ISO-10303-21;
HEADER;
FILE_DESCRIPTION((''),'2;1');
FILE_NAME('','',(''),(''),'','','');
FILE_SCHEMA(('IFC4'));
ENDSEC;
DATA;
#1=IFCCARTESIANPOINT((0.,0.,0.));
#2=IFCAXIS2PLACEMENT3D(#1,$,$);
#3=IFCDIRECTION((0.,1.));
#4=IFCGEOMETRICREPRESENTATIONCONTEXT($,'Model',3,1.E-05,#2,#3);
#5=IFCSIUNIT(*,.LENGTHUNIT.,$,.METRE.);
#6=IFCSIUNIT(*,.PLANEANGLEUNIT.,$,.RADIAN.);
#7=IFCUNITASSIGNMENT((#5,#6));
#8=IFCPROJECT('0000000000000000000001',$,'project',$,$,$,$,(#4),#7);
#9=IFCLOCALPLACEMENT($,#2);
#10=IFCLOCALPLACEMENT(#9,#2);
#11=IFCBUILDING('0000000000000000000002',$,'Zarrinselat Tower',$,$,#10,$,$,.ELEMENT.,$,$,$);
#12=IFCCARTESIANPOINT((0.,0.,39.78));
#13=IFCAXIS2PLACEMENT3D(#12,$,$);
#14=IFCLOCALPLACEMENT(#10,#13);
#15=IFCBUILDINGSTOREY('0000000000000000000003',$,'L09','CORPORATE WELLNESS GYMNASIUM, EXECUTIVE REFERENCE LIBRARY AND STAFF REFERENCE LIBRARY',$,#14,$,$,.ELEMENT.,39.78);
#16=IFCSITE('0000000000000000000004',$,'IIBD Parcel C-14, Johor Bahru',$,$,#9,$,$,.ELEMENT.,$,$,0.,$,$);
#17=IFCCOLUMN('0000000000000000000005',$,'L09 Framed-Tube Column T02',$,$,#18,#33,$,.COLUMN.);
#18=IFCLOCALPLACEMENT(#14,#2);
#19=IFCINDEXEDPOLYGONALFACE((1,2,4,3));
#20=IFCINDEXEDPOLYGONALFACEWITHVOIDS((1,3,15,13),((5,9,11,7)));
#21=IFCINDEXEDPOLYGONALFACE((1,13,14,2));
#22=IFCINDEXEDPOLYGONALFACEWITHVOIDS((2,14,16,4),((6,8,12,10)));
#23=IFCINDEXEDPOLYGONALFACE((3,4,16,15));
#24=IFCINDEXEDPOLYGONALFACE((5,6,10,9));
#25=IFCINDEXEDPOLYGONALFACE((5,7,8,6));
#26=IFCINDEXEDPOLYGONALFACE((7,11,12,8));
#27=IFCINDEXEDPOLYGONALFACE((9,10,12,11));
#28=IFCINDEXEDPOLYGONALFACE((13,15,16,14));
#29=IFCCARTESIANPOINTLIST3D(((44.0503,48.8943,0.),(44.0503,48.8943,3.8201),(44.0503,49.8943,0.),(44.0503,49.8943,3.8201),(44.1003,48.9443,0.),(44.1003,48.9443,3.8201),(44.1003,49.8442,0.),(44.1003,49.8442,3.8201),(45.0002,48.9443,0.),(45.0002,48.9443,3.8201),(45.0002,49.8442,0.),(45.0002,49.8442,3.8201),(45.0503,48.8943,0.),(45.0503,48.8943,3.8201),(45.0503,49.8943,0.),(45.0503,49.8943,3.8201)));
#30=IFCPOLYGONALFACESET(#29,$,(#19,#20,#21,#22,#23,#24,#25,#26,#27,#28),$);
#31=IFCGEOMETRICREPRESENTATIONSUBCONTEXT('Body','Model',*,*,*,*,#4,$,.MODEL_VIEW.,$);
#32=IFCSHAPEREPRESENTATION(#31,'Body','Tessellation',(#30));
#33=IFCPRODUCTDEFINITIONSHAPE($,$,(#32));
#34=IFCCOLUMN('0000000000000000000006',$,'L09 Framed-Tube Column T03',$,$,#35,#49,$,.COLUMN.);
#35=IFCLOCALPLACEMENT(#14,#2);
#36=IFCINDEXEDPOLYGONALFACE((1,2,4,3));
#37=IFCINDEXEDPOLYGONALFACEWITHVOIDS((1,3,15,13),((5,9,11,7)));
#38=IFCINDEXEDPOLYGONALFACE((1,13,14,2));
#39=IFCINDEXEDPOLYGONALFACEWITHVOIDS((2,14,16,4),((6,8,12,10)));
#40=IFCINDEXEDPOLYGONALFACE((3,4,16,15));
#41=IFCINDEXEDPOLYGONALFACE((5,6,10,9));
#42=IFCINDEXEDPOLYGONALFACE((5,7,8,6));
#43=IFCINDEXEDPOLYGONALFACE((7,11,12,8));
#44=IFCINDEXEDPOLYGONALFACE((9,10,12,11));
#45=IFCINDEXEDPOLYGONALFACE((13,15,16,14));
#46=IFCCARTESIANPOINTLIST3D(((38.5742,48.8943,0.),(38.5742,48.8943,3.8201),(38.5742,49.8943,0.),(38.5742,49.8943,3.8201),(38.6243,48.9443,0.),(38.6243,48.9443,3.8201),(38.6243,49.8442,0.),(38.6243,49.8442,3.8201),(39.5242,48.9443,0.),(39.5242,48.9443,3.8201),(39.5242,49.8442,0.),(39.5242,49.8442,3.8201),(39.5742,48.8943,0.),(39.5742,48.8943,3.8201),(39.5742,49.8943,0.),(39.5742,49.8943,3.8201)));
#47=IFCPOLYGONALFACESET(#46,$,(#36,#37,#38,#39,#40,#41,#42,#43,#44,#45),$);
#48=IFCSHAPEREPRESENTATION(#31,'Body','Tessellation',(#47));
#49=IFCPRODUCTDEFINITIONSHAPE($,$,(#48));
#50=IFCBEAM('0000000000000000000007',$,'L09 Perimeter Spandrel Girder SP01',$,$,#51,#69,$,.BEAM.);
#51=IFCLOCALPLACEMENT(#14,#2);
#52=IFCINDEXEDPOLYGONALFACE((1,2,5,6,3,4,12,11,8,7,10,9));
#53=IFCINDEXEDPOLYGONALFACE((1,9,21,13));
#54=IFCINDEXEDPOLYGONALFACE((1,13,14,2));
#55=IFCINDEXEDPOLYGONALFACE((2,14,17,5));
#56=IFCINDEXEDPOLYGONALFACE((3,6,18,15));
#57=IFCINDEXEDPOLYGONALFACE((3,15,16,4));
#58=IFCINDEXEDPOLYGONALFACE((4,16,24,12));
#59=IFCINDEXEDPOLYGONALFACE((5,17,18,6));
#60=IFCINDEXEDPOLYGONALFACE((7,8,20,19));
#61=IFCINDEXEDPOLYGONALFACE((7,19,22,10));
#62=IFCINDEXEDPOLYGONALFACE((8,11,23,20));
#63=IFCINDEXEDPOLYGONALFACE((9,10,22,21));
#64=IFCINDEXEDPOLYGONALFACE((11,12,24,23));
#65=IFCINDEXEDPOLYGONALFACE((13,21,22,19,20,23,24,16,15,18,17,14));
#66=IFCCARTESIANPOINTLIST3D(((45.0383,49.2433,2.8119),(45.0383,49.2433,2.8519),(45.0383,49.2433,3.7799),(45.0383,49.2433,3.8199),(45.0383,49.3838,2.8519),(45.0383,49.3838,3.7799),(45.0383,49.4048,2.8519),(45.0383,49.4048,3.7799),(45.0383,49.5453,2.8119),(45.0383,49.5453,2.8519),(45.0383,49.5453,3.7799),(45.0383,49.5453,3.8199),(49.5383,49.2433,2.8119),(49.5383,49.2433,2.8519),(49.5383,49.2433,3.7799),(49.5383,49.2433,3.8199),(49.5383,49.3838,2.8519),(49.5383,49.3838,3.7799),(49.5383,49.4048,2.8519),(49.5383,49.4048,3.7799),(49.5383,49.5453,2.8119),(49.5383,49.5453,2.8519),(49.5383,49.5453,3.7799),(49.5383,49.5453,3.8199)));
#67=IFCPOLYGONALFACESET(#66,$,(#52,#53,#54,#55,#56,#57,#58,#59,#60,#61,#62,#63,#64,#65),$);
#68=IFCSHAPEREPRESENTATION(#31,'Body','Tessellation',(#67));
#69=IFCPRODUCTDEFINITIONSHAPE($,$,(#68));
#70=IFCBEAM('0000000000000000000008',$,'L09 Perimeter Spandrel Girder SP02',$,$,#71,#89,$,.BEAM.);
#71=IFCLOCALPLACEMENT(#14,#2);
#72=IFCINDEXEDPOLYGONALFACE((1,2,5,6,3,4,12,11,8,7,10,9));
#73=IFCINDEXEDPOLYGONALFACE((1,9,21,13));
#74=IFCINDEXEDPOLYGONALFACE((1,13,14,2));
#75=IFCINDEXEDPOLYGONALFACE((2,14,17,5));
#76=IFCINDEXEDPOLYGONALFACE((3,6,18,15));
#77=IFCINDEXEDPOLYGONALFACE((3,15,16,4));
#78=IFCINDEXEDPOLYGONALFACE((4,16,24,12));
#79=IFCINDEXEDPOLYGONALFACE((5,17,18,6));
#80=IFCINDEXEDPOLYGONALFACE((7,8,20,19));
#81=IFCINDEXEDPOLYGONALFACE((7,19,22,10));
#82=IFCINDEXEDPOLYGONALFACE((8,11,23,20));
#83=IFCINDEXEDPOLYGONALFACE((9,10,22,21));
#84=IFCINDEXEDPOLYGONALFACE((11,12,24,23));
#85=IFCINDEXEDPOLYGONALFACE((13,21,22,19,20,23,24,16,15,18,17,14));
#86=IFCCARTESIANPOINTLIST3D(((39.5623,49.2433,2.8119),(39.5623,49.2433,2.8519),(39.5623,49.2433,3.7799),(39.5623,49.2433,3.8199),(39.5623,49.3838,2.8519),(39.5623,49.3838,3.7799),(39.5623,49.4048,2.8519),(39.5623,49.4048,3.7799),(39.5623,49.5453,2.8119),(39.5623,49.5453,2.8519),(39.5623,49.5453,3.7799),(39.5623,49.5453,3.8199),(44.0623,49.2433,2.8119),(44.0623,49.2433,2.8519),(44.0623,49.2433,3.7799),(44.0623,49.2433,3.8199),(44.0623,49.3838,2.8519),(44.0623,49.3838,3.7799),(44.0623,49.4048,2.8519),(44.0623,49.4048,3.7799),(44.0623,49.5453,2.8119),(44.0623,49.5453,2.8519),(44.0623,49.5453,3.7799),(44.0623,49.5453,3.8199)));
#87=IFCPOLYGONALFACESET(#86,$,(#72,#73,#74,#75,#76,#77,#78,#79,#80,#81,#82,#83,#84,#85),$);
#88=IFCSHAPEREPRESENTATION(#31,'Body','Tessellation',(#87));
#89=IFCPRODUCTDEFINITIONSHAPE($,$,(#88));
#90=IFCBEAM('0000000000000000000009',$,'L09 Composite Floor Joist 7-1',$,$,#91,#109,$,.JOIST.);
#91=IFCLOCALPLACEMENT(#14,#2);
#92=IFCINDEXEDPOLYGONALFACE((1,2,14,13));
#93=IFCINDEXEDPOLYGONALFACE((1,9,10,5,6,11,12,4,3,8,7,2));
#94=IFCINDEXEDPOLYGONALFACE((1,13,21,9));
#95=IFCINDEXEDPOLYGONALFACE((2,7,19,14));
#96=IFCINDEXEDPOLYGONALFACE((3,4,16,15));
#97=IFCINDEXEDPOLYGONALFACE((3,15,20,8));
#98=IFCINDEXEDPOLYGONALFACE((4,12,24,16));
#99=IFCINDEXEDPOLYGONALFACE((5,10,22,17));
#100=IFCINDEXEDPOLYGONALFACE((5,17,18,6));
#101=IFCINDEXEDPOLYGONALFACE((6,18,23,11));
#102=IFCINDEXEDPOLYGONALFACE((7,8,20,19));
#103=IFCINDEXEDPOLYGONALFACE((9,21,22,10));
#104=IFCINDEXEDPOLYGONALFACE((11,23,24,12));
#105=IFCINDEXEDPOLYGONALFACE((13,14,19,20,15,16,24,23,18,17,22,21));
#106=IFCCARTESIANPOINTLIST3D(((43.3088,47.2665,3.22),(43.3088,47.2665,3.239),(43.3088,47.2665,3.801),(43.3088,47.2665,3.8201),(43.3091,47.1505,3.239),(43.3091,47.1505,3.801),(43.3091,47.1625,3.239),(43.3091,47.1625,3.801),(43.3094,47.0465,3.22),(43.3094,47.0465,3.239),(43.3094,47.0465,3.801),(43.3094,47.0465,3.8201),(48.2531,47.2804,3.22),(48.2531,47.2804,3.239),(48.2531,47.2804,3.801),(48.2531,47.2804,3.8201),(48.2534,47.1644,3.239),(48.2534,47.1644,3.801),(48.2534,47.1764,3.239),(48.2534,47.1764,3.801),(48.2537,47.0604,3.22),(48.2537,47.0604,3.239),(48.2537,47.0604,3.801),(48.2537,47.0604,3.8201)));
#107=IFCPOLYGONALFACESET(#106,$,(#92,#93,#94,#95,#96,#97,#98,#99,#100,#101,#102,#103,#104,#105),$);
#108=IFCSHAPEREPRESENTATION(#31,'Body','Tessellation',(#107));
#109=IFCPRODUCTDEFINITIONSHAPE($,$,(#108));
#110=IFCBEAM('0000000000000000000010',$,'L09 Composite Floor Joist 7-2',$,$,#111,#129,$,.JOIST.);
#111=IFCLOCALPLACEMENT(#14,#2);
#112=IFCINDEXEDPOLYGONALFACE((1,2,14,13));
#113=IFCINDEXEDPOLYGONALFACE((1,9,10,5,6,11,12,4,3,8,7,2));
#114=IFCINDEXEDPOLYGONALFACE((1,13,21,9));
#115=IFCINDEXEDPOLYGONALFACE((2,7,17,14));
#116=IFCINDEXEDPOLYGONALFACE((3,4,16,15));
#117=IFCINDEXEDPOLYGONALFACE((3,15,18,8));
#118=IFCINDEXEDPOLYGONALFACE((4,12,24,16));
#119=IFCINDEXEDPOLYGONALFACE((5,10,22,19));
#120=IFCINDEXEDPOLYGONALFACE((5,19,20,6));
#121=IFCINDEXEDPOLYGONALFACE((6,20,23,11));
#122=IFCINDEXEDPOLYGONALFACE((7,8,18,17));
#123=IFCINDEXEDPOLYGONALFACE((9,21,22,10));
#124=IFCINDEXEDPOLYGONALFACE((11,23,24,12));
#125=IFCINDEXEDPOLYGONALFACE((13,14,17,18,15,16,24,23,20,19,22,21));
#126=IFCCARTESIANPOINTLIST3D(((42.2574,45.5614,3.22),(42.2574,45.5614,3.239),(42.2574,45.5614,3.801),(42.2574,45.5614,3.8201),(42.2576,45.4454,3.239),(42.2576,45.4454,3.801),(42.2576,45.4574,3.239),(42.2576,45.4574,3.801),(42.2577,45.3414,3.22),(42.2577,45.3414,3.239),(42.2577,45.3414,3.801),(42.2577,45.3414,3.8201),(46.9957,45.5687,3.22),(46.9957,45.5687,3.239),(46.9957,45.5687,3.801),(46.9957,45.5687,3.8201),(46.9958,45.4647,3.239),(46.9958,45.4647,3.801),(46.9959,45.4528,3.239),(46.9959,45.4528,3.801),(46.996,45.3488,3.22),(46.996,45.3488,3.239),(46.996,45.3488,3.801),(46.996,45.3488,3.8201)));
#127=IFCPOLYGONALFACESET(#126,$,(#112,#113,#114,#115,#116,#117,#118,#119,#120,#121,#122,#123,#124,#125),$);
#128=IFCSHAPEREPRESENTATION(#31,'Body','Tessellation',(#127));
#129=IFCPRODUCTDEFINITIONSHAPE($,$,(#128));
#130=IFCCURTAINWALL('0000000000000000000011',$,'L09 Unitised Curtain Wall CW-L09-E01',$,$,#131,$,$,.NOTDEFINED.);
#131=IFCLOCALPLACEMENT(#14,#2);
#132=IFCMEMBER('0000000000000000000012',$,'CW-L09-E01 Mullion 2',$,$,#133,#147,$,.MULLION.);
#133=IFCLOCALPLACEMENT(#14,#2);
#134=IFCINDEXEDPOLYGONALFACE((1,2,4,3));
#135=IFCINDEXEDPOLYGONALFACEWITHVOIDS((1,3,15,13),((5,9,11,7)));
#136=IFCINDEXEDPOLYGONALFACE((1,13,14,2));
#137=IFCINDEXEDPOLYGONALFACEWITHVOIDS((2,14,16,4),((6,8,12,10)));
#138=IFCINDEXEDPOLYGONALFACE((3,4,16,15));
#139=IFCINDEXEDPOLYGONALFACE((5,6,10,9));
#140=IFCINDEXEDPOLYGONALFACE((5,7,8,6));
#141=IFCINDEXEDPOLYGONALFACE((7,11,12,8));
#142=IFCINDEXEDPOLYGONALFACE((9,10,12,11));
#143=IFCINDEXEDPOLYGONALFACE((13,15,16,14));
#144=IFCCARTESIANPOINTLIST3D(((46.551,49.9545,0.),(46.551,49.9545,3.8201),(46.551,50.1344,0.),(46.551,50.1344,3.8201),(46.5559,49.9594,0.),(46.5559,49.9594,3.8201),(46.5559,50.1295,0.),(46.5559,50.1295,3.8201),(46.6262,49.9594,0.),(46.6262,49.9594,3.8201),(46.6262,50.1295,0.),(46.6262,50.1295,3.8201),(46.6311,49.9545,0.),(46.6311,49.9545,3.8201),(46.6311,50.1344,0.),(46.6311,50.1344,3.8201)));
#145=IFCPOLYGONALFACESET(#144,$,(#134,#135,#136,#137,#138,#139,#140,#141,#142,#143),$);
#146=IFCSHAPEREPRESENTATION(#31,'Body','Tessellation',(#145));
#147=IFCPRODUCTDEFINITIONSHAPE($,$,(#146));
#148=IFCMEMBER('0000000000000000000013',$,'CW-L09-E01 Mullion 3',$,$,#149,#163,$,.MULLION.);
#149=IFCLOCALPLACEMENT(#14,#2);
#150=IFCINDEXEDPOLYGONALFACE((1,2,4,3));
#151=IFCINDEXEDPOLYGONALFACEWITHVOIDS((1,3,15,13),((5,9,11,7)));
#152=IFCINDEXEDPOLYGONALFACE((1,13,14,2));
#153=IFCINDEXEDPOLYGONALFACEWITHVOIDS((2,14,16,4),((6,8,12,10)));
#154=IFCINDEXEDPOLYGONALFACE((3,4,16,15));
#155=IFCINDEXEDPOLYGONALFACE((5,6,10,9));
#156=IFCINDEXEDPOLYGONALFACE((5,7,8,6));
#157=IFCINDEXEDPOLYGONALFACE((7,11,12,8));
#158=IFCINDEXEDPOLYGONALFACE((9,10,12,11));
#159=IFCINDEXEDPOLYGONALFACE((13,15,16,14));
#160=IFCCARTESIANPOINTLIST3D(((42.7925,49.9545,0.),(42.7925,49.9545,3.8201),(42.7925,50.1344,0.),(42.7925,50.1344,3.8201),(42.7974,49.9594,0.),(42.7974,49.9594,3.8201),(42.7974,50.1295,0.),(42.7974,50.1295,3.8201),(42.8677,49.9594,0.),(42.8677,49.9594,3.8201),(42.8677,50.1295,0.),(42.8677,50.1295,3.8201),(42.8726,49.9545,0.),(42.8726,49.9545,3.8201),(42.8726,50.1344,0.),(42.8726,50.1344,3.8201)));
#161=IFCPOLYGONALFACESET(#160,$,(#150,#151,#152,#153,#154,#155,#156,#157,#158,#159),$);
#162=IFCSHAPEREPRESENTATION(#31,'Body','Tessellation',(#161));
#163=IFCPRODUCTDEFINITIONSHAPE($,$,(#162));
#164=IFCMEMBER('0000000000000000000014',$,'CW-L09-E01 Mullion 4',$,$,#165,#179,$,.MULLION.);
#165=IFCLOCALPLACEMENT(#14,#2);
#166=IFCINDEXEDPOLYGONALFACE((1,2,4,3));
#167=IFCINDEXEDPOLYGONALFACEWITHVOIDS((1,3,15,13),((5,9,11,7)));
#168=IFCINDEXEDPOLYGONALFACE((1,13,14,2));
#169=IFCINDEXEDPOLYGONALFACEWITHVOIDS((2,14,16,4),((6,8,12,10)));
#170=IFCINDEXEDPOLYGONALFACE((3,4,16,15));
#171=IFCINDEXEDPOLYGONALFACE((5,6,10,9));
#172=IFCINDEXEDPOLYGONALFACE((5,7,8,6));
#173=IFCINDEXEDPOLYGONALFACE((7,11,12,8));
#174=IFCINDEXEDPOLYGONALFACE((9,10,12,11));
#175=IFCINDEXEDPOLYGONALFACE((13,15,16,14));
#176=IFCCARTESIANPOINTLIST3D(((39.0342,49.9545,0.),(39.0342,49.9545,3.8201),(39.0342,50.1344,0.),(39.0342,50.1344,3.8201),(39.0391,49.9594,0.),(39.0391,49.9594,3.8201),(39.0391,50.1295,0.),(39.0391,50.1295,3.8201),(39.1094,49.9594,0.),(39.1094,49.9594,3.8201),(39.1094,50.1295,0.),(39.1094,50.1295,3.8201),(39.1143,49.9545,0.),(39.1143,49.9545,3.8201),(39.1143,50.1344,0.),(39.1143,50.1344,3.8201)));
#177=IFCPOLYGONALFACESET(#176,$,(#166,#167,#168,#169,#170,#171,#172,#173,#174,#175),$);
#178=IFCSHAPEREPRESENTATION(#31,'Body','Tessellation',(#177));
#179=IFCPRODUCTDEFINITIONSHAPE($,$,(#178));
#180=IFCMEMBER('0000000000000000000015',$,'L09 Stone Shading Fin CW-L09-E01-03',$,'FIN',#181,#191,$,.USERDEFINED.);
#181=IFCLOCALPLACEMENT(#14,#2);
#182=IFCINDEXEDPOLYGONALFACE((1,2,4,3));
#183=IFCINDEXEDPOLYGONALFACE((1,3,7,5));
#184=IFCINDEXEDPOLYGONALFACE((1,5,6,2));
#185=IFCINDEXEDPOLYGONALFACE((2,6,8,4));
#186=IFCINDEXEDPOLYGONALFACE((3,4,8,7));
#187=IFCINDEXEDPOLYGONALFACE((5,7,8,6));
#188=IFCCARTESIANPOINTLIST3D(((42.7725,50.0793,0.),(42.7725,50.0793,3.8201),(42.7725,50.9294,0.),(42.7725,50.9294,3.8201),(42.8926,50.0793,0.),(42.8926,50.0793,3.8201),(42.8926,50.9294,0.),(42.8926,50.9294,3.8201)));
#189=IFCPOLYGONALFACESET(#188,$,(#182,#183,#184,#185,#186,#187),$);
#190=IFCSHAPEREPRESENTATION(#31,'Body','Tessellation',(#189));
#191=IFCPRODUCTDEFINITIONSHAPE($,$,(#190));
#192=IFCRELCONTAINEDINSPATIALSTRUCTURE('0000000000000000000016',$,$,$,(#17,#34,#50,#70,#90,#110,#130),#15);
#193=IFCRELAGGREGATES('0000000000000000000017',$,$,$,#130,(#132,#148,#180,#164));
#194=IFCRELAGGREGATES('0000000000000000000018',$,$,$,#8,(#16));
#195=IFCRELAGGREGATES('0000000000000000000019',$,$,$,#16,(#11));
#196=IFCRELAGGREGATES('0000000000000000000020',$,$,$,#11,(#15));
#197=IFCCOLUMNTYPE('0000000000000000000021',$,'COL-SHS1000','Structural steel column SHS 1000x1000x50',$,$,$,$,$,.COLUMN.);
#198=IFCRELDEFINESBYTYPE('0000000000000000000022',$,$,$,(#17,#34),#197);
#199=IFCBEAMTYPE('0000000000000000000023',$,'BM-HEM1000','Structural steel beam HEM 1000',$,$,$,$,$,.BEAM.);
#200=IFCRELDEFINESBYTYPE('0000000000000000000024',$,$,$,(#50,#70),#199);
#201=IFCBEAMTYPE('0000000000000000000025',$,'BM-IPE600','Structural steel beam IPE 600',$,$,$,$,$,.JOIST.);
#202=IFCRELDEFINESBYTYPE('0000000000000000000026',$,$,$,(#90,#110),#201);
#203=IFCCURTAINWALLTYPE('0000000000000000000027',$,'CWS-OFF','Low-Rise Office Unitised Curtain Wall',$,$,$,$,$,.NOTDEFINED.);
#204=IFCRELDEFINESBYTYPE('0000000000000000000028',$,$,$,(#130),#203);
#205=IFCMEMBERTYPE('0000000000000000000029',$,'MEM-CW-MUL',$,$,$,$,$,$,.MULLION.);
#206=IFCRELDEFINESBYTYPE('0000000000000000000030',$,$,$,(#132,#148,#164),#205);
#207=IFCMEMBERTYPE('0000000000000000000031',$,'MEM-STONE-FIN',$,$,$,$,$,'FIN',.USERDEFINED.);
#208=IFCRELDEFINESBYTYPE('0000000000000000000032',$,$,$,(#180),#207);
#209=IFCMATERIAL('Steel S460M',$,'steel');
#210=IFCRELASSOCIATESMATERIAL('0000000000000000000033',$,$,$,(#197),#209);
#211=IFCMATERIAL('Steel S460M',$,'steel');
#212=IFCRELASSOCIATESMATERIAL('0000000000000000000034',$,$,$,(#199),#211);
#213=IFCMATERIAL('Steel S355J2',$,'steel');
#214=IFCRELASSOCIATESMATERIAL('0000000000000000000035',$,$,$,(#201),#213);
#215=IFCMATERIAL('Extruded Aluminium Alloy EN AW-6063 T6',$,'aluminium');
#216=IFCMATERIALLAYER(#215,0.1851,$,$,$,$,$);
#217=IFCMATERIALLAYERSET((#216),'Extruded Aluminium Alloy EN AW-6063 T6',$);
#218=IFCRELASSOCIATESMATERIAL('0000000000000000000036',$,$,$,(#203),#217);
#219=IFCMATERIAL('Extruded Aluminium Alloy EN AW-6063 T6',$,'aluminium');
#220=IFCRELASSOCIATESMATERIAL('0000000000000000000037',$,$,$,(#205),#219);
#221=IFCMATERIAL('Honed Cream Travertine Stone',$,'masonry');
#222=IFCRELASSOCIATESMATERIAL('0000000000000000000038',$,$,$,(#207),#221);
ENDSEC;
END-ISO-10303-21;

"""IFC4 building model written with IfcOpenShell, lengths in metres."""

from ifc_helpers import new_model, si_unit, direction, frame, origin, origin_2d, place, context, subcontext, project, spatial, rectangle, hollow_rectangle, i_section, extrude, material, layer, layer_set, material_profile, profile_set, type_object, element, aggregate, save


model = new_model("IFC4")

# Units and contexts
model_context = context("Model", 3, precision=1e-05, world=origin(), true_north=direction((0.0, 1.0)))
body_context = subcontext(model_context, "Body", "Model", "MODEL_VIEW")
ifc_project = project(units=[si_unit("LENGTHUNIT", "METRE"), si_unit("PLANEANGLEUNIT", "RADIAN")], contexts=[model_context])

# Site, building, storey
site_placement = place(None, origin())
site = spatial("IfcSite", under=ifc_project, at=site_placement, Name="IIBD Parcel C-14, Johor Bahru", CompositionType="ELEMENT", RefElevation=0.0)
building_placement = place(site_placement, origin())
building = spatial("IfcBuilding", under=site, at=building_placement, Name="Zarrinselat Tower", CompositionType="ELEMENT")
storey_placement = place(building_placement, frame((0.0, 0.0, 39.78)))
storey = spatial("IfcBuildingStorey", under=building, at=storey_placement, Name="L09", Description="CORPORATE WELLNESS GYMNASIUM, EXECUTIVE REFERENCE LIBRARY AND STAFF REFERENCE LIBRARY", CompositionType="ELEMENT", Elevation=39.78)

# Columns
ifc_material_1 = material(Name="Steel S460M", Category="steel")
ifc_material_profile_1 = material_profile(ifc_material_1, hollow_rectangle(XDim=1.0, YDim=1.0, WallThickness=0.05, at=origin_2d()), Name="SHS 1000x1000x50")
ifc_profile_set_1 = profile_set([ifc_material_profile_1], Name="Steel S460M")
column_type = type_object("IfcColumnType", Name="COL-SHS1000", Description="Structural steel column SHS 1000x1000x50", PredefinedType="COLUMN", material=ifc_profile_set_1)
for number, where, z_axis, x_axis, name in (
    (1, (44.5503, 49.3943, 0.0), (0.0, 0.0, 1.0), (1.0, 0.0, 0.0), "L09 Framed-Tube Column T02"),
    (2, (39.0742, 49.3943, 0.0), (0.0, 0.0, 1.0), (1.0, 0.0, 0.0), "L09 Framed-Tube Column T03"),
):
    element("IfcColumn", number, at=place(storey_placement, frame(where, z_axis=z_axis, x_axis=x_axis)), inside=storey, type_object=column_type, Name=name, PredefinedType="COLUMN", context=body_context, shape_type="SweptSolid", body=[
        extrude(hollow_rectangle(XDim=1.0, YDim=1.0, WallThickness=0.05, at=origin_2d()), origin(), (0.0, 0.0, 1.0), 3.8201),
    ])

# Beams
ifc_material_2 = material(Name="Steel S460M", Category="steel")
ifc_material_profile_2 = material_profile(ifc_material_2, i_section(OverallWidth=0.302, OverallDepth=1.0081, WebThickness=0.021, FlangeThickness=0.04, at=origin_2d()), Name="HEM 1000")
ifc_profile_set_2 = profile_set([ifc_material_profile_2], Name="Steel S460M")
beam_type_1 = type_object("IfcBeamType", Name="BM-HEM1000", Description="Structural steel beam HEM 1000", PredefinedType="BEAM", material=ifc_profile_set_2)
for number, where, z_axis, x_axis, name in (
    (3, (45.0383, 49.3943, 3.3159), (1.0, 0.0, 0.0), (0.0, 1.0, 0.0), "L09 Perimeter Spandrel Girder SP01"),
    (4, (39.5623, 49.3943, 3.3159), (1.0, 0.0, 0.0), (0.0, 1.0, 0.0), "L09 Perimeter Spandrel Girder SP02"),
):
    element("IfcBeam", number, at=place(storey_placement, frame(where, z_axis=z_axis, x_axis=x_axis)), inside=storey, type_object=beam_type_1, Name=name, PredefinedType="BEAM", context=body_context, shape_type="SweptSolid", body=[
        extrude(i_section(OverallWidth=0.302, OverallDepth=1.0081, WebThickness=0.021, FlangeThickness=0.04, at=origin_2d()), origin(), (0.0, 0.0, 1.0), 4.5),
    ])
ifc_material_3 = material(Name="Steel S355J2", Category="steel")
ifc_material_profile_3 = material_profile(ifc_material_3, i_section(OverallWidth=0.22, OverallDepth=0.6001, WebThickness=0.012, FlangeThickness=0.019, at=origin_2d()), Name="IPE 600")
ifc_profile_set_3 = profile_set([ifc_material_profile_3], Name="Steel S355J2")
beam_type_2 = type_object("IfcBeamType", Name="BM-IPE600", Description="Structural steel beam IPE 600", PredefinedType="JOIST", material=ifc_profile_set_3)
beam_1_placement = place(storey_placement, frame((43.3091, 47.1565, 3.52), z_axis=(0.999996, 0.002815, 0.0), x_axis=(-0.002815, 0.999996, 0.0)))
element("IfcBeam", 5, at=beam_1_placement, inside=storey, type_object=beam_type_2, Name="L09 Composite Floor Joist 7-1", PredefinedType="JOIST", context=body_context, shape_type="SweptSolid", body=[
    extrude(i_section(OverallWidth=0.22, OverallDepth=0.6001, WebThickness=0.012, FlangeThickness=0.019, at=origin_2d()), origin(), (0.0, 0.0, 1.0), 4.9443),
])
beam_2_placement = place(storey_placement, frame((42.2576, 45.4514, 3.52), z_axis=(0.999999, 0.001546, 0.0), x_axis=(-0.001546, 0.999999, 0.0)))
element("IfcBeam", 6, at=beam_2_placement, inside=storey, type_object=beam_type_2, Name="L09 Composite Floor Joist 7-2", PredefinedType="JOIST", context=body_context, shape_type="SweptSolid", body=[
    extrude(i_section(OverallWidth=0.22, OverallDepth=0.6001, WebThickness=0.012, FlangeThickness=0.019, at=origin_2d()), origin(), (0.0, 0.0, 1.0), 4.7383),
])

# Curtain wall, members
ifc_material_4 = material(Name="Extruded Aluminium Alloy EN AW-6063 T6", Category="aluminium")
ifc_layer_1 = layer(ifc_material_4, 0.1851)
ifc_layer_set_1 = layer_set([ifc_layer_1], Name="Extruded Aluminium Alloy EN AW-6063 T6")
curtain_wall_type = type_object("IfcCurtainWallType", Name="CWS-OFF", Description="Low-Rise Office Unitised Curtain Wall", PredefinedType="NOTDEFINED", material=ifc_layer_set_1)
curtain_wall_placement = place(storey_placement, origin())
curtain_wall = element("IfcCurtainWall", 7, at=curtain_wall_placement, inside=storey, type_object=curtain_wall_type, Name="L09 Unitised Curtain Wall CW-L09-E01", PredefinedType="NOTDEFINED")
ifc_material_5 = material(Name="Extruded Aluminium Alloy EN AW-6063 T6", Category="aluminium")
ifc_material_profile_4 = material_profile(ifc_material_5, hollow_rectangle(XDim=0.0801, YDim=0.1799, WallThickness=0.0049, at=origin_2d()), Name="RHS 180x80x5")
ifc_profile_set_4 = profile_set([ifc_material_profile_4], Name="Extruded Aluminium Alloy EN AW-6063 T6")
member_type_1 = type_object("IfcMemberType", Name="MEM-CW-MUL", PredefinedType="MULLION", material=ifc_profile_set_4)
member_1_placement = place(storey_placement, frame((46.5911, 50.0444, 0.0), z_axis=(0.0, 0.0, 1.0), x_axis=(-1.0, 0.0, 0.0)))
member_1 = element("IfcMember", 8, at=member_1_placement, type_object=member_type_1, Name="CW-L09-E01 Mullion 2", PredefinedType="MULLION", context=body_context, shape_type="SweptSolid", body=[
    extrude(hollow_rectangle(XDim=0.0801, YDim=0.1799, WallThickness=0.0049, at=origin_2d()), origin(), (0.0, 0.0, 1.0), 3.8201),
])
member_2_placement = place(storey_placement, frame((42.8325, 50.0444, 0.0), z_axis=(0.0, 0.0, 1.0), x_axis=(-1.0, 0.0, 0.0)))
member_2 = element("IfcMember", 9, at=member_2_placement, type_object=member_type_1, Name="CW-L09-E01 Mullion 3", PredefinedType="MULLION", context=body_context, shape_type="SweptSolid", body=[
    extrude(hollow_rectangle(XDim=0.0801, YDim=0.1799, WallThickness=0.0049, at=origin_2d()), origin(), (0.0, 0.0, 1.0), 3.8201),
])
member_3_placement = place(storey_placement, frame((39.0742, 50.0444, 0.0), z_axis=(0.0, 0.0, 1.0), x_axis=(-1.0, 0.0, 0.0)))
member_3 = element("IfcMember", 10, at=member_3_placement, type_object=member_type_1, Name="CW-L09-E01 Mullion 4", PredefinedType="MULLION", context=body_context, shape_type="SweptSolid", body=[
    extrude(hollow_rectangle(XDim=0.0801, YDim=0.1799, WallThickness=0.0049, at=origin_2d()), origin(), (0.0, 0.0, 1.0), 3.8201),
])
ifc_material_6 = material(Name="Honed Cream Travertine Stone", Category="masonry")
ifc_material_profile_5 = material_profile(ifc_material_6, rectangle(XDim=0.1201, YDim=0.8501, at=origin_2d()), Name="FIN 850x120")
ifc_profile_set_5 = profile_set([ifc_material_profile_5], Name="Honed Cream Travertine Stone")
member_type_2 = type_object("IfcMemberType", Name="MEM-STONE-FIN", ElementType="FIN", PredefinedType="USERDEFINED", material=ifc_profile_set_5)
member_4_placement = place(storey_placement, frame((42.8325, 50.5044, 0.0), z_axis=(0.0, 0.0, 1.0), x_axis=(1.0, 0.0, 0.0)))
member_4 = element("IfcMember", 11, at=member_4_placement, type_object=member_type_2, Name="L09 Stone Shading Fin CW-L09-E01-03", ObjectType="FIN", PredefinedType="USERDEFINED", context=body_context, shape_type="SweptSolid", body=[
    extrude(rectangle(XDim=0.1201, YDim=0.8501, at=origin_2d()), origin(), (0.0, 0.0, 1.0), 3.8201),
])
aggregate(curtain_wall, [member_1, member_2, member_4, member_3])

save(model, "model.ifc")
